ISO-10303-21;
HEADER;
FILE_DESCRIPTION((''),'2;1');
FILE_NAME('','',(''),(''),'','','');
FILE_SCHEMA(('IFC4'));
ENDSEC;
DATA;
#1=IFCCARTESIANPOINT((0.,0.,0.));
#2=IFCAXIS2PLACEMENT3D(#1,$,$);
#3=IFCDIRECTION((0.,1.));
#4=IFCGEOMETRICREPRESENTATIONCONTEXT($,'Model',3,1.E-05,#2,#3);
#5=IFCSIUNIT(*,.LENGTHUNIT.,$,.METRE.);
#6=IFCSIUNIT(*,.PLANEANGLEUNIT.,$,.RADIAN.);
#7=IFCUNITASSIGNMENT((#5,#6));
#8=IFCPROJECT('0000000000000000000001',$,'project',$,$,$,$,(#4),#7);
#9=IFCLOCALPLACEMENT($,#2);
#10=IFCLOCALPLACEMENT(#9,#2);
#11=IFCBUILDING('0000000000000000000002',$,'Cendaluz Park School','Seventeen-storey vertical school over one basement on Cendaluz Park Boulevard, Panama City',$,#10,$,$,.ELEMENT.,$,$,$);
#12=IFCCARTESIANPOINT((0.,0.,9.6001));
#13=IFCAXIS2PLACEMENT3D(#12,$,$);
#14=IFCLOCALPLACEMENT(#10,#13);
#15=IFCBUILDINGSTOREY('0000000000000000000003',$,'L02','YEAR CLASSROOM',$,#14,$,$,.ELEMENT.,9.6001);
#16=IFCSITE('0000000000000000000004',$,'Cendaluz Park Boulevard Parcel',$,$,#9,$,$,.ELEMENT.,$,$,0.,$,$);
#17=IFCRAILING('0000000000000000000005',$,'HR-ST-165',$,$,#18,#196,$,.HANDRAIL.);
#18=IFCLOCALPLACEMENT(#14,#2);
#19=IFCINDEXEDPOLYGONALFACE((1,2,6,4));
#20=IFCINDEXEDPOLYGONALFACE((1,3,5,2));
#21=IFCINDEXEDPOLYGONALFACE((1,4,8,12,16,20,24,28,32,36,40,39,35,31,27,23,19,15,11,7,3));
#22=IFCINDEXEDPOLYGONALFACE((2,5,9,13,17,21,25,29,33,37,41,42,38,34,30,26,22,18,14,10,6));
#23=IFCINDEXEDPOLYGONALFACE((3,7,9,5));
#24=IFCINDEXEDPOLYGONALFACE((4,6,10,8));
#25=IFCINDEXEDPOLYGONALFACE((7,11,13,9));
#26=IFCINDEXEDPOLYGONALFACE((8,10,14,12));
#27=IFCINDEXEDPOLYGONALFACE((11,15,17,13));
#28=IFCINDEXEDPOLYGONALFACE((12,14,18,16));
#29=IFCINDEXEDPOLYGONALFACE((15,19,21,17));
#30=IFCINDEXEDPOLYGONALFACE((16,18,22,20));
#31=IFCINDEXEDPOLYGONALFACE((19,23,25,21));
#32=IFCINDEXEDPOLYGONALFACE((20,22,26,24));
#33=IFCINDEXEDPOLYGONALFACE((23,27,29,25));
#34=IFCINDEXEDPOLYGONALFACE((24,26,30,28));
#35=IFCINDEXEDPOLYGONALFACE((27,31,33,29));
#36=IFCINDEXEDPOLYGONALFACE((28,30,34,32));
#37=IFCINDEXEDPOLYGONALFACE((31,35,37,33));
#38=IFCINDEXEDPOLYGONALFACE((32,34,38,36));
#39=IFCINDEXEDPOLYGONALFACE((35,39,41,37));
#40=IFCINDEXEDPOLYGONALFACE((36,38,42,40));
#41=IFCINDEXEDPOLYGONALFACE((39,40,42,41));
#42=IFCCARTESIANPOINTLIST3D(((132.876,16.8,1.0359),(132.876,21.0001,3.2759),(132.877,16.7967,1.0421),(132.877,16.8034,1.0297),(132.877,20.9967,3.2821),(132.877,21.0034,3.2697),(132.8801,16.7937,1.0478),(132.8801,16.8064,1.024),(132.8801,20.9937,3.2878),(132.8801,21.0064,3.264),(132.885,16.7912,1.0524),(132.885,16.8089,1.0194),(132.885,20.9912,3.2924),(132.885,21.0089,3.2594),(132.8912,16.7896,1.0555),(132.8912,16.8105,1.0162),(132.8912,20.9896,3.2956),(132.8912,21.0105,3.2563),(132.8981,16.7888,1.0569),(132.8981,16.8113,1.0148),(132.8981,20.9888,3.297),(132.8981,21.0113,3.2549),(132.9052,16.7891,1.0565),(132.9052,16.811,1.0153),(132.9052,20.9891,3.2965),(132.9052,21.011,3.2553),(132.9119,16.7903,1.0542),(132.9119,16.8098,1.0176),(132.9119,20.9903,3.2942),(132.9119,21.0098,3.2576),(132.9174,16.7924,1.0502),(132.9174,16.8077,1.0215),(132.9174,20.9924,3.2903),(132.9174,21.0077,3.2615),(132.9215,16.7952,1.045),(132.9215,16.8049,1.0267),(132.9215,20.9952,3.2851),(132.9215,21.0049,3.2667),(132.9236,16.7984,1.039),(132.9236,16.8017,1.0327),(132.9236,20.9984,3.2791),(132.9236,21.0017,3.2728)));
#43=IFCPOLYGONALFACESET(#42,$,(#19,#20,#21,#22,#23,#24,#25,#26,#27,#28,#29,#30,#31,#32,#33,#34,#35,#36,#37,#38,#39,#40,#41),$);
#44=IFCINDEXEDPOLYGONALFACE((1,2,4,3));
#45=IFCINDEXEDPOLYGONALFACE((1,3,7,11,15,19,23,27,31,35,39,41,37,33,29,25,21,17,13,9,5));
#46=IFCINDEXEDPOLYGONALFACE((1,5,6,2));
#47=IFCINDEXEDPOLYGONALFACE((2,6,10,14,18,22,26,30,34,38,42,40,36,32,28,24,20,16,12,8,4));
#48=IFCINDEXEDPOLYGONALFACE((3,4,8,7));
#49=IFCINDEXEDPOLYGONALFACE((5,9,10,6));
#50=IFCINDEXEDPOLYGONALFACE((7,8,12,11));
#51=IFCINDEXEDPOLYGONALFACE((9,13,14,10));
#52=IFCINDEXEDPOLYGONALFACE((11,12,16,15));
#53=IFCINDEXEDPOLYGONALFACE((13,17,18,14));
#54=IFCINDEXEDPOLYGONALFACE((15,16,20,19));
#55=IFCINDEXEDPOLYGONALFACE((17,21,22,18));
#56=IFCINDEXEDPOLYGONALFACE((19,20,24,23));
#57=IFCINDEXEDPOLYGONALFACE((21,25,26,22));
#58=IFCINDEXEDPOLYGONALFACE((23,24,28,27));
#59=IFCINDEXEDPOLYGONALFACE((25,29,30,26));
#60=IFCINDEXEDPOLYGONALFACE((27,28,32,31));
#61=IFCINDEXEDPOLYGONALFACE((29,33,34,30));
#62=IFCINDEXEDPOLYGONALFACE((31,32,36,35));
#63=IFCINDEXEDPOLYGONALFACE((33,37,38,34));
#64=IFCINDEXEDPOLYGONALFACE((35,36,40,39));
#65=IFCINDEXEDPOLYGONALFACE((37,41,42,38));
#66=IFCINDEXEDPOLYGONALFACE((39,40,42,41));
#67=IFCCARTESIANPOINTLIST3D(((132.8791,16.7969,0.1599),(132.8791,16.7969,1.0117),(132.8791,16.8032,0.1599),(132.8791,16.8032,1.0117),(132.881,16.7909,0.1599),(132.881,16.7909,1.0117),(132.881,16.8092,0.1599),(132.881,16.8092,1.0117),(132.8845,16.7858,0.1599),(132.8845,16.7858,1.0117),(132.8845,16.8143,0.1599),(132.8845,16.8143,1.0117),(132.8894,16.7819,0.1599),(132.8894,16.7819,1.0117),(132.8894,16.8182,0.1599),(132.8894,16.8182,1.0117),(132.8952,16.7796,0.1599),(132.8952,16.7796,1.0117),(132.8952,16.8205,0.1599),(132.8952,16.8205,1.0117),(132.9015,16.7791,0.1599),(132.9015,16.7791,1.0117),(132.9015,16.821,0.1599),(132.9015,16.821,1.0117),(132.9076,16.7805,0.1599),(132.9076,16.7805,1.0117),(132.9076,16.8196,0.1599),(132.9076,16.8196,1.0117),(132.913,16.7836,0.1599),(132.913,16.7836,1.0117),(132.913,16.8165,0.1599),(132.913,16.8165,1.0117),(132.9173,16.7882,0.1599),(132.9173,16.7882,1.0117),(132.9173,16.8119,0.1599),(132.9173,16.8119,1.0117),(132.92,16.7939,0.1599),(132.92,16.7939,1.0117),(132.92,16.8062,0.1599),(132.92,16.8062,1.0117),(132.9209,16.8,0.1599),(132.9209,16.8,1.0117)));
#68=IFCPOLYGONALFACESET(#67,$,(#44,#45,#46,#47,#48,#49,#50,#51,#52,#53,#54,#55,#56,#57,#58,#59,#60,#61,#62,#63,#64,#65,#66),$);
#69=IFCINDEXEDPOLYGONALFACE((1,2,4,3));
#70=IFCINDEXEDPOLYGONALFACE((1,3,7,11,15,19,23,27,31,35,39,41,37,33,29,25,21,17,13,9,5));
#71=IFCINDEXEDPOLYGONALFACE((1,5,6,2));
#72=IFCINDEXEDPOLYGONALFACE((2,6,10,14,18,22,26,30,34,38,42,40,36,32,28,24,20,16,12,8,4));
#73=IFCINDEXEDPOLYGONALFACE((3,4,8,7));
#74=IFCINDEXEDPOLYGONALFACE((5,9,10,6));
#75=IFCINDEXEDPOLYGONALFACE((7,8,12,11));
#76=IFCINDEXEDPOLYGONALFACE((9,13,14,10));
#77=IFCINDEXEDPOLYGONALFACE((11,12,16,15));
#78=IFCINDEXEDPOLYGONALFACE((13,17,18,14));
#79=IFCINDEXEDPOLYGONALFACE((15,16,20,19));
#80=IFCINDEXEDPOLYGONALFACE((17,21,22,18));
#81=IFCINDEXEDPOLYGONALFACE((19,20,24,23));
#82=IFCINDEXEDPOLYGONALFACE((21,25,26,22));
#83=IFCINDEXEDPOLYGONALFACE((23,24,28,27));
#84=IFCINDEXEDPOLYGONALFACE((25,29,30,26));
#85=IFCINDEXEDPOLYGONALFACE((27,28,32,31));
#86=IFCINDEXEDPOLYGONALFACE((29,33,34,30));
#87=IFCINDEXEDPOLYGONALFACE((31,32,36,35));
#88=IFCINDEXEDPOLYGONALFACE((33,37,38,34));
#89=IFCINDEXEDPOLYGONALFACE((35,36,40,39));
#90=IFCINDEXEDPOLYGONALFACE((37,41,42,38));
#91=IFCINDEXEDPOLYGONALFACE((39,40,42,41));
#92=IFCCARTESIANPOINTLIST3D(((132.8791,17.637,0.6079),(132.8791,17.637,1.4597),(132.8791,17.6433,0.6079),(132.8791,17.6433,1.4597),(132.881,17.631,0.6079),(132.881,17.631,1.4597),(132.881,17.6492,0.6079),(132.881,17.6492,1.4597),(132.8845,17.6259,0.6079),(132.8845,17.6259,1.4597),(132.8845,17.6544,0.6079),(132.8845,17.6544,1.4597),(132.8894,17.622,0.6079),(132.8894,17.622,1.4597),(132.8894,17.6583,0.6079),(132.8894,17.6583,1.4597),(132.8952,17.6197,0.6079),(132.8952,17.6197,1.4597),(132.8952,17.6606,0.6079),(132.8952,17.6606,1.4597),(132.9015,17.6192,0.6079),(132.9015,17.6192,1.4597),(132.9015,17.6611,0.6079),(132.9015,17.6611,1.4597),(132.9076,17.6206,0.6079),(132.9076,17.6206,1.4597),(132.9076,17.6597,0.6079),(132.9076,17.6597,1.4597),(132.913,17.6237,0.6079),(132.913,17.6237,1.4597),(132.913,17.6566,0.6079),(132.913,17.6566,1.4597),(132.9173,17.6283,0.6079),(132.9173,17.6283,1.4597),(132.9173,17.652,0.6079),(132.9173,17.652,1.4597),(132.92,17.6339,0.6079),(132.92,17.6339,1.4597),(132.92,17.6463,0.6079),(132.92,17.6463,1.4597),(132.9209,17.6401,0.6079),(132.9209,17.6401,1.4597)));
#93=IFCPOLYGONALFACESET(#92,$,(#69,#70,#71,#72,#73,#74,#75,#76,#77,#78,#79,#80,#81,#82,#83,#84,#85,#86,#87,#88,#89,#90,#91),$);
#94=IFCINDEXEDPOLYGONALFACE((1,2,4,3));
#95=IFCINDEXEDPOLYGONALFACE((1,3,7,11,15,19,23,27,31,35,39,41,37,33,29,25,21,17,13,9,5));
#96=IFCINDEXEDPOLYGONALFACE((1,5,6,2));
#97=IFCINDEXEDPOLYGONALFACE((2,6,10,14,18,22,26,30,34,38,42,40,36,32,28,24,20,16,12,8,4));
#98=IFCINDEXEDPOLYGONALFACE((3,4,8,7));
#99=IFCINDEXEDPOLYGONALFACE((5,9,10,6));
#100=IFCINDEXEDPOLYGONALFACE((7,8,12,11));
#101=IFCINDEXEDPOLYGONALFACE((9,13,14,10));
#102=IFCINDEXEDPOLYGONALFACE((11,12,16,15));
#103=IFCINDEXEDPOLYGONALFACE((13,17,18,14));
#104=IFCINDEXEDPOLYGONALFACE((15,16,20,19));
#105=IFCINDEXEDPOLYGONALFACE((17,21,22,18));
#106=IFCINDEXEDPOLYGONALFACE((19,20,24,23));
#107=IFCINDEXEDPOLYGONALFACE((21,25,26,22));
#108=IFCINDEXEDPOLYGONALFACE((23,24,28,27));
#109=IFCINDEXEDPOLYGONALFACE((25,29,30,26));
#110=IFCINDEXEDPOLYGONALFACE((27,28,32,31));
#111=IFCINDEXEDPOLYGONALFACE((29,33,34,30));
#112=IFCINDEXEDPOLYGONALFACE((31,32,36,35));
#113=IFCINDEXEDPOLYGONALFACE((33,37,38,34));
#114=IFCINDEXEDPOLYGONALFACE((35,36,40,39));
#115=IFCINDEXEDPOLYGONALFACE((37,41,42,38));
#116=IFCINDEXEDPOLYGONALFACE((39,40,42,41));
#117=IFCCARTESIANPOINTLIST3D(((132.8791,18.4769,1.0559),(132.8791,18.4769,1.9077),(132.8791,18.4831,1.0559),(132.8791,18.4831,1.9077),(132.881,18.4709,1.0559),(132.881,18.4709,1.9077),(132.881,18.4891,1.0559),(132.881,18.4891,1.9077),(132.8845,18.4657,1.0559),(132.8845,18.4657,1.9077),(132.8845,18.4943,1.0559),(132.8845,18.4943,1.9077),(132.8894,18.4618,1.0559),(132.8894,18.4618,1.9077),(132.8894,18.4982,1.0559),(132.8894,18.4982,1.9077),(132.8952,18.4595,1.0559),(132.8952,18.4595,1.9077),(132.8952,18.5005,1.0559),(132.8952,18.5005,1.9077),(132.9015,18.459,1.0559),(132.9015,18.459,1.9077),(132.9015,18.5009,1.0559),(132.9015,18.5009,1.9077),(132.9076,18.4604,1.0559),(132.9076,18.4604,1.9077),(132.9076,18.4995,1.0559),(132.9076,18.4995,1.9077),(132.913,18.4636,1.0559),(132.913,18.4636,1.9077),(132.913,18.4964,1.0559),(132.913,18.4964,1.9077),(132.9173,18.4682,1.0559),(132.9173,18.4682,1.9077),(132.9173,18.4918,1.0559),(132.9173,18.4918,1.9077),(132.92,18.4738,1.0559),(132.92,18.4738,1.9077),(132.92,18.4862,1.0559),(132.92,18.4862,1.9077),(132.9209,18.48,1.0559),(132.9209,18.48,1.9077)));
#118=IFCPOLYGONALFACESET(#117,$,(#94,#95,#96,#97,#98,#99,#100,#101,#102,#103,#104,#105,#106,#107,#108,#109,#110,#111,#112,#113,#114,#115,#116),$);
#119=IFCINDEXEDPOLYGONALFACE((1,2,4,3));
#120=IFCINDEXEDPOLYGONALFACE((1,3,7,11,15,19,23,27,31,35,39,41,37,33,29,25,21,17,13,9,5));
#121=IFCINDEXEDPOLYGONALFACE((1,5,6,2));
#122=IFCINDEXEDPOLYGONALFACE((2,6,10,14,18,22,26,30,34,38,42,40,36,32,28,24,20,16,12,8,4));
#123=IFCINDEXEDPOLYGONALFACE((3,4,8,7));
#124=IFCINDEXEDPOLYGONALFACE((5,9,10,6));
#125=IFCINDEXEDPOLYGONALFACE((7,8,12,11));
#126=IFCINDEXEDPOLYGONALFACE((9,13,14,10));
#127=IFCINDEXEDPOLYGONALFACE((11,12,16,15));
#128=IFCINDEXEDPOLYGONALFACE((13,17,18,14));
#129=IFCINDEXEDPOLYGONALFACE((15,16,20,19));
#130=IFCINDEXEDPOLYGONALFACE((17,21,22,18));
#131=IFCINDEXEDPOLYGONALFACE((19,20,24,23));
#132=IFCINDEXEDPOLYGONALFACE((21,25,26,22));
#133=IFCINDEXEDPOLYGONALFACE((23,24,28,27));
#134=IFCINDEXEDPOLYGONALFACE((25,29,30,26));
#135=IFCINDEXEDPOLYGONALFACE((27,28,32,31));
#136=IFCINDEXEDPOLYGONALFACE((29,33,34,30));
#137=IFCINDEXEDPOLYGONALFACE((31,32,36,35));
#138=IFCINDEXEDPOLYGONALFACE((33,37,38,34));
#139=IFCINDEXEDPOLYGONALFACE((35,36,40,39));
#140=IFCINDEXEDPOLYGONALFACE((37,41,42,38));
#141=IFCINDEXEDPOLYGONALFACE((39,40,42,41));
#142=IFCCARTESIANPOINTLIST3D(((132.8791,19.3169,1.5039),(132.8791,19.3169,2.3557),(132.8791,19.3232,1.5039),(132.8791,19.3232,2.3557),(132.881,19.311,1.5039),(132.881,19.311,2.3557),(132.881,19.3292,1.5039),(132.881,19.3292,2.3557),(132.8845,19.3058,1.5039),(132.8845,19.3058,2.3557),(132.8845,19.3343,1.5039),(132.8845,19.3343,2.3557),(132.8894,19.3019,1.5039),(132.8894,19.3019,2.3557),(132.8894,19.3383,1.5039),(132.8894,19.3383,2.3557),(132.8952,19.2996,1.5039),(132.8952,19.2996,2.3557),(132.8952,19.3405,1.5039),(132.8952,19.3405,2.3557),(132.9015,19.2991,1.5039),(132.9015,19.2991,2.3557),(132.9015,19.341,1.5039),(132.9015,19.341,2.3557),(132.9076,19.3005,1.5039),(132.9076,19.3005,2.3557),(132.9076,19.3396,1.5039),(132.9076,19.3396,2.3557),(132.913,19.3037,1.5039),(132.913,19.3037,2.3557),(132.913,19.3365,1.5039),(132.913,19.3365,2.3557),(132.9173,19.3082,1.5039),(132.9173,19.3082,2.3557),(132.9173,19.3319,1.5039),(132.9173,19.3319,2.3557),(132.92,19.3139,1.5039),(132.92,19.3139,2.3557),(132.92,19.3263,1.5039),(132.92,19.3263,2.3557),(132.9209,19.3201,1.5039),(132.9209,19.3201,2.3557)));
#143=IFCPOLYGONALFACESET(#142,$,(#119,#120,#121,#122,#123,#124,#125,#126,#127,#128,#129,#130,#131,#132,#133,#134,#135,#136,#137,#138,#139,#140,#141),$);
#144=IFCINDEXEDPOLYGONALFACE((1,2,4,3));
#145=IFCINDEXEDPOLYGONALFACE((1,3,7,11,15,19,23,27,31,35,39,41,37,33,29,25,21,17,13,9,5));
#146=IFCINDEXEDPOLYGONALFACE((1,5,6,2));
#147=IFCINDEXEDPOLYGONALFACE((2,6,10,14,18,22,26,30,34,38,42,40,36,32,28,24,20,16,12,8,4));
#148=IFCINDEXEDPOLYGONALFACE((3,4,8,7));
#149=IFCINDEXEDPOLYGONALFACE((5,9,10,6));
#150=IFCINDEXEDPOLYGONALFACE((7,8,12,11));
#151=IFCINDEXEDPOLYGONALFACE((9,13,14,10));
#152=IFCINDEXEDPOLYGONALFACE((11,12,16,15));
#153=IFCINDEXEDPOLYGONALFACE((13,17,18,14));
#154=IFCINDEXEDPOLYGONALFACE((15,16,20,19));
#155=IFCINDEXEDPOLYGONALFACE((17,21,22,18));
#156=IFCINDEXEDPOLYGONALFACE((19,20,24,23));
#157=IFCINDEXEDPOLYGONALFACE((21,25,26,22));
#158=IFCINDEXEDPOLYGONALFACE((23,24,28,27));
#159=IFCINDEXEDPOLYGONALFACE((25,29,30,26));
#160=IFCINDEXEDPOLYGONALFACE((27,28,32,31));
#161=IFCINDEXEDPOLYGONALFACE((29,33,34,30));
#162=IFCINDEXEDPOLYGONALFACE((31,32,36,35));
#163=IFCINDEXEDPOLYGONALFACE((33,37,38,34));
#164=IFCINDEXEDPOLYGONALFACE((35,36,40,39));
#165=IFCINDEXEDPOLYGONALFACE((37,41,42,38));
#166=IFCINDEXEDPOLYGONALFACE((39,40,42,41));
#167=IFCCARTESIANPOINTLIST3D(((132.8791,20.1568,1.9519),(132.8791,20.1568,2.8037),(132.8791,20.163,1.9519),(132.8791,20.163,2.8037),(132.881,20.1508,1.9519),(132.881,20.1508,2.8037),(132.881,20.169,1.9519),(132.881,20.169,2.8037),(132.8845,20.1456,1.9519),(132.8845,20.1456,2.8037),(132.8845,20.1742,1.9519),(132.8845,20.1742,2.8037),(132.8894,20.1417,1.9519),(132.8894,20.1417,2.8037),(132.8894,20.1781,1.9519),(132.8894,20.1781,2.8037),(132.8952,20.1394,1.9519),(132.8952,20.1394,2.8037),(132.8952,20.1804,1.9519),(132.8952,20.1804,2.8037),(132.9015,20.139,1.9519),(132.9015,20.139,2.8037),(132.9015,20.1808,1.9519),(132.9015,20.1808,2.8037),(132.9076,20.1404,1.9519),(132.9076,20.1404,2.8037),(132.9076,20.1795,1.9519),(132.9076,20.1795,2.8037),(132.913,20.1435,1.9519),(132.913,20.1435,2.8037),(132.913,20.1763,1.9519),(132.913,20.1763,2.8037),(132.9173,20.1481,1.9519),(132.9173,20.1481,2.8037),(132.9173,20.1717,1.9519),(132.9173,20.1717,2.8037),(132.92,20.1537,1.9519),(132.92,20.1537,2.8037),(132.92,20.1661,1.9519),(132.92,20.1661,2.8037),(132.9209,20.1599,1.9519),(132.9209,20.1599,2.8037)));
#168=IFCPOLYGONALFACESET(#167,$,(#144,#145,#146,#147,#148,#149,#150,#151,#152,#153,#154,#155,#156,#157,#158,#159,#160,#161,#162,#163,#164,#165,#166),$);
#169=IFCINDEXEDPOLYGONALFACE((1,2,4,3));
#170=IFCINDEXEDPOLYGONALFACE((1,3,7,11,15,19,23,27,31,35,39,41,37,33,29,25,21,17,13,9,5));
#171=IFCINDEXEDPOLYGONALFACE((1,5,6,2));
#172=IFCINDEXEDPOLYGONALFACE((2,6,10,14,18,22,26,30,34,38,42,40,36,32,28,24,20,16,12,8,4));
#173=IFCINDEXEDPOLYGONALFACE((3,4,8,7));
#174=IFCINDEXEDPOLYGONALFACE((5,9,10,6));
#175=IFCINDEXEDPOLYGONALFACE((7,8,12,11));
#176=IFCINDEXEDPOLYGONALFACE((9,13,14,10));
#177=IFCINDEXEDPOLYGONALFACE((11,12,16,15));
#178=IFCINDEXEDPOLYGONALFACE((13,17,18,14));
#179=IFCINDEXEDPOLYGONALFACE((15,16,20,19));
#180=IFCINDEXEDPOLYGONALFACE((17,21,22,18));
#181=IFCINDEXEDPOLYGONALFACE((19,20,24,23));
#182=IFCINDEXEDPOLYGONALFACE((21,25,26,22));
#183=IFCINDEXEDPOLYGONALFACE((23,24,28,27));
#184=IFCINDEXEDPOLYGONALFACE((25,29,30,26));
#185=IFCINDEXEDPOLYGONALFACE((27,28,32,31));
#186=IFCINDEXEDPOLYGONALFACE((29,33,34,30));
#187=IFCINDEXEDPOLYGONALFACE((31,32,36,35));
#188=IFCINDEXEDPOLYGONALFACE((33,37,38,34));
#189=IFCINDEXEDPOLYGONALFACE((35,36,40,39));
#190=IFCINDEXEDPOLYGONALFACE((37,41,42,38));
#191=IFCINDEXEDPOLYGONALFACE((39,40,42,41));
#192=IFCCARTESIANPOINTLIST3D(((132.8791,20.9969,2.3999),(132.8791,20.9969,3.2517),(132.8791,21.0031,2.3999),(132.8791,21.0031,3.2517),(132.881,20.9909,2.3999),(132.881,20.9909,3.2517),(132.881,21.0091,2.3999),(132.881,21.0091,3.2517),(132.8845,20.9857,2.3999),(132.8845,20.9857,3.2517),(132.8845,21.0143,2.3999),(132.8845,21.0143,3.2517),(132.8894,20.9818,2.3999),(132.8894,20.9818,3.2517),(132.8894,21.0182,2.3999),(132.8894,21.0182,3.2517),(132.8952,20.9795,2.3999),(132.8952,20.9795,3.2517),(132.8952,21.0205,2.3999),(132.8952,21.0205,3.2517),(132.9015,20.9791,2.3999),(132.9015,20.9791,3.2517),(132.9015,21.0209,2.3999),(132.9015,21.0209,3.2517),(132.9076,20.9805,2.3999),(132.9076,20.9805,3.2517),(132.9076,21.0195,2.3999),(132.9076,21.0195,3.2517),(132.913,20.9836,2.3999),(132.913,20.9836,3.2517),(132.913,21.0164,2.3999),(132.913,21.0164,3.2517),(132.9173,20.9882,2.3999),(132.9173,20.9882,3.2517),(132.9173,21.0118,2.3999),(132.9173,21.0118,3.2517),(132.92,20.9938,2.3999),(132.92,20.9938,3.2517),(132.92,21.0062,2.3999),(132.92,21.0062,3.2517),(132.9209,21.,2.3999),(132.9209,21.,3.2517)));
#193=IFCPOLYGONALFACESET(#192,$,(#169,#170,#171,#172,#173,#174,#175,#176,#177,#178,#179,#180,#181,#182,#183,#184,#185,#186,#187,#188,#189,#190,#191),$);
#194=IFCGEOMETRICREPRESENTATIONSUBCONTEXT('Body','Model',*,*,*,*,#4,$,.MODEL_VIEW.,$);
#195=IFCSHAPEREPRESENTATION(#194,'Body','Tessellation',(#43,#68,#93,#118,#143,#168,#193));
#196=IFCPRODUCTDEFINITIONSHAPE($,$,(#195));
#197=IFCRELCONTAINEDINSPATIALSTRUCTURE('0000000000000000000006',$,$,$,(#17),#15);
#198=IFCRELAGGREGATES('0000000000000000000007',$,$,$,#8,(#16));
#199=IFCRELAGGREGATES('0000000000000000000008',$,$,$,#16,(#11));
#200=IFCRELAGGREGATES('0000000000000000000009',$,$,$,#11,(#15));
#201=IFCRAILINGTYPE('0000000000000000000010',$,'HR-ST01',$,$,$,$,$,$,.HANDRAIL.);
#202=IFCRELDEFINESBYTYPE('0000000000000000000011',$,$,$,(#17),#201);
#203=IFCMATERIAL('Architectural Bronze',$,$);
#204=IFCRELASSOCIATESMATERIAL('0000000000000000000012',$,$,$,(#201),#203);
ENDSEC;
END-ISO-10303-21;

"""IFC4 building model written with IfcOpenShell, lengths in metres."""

from ifc_helpers import new_model, si_unit, direction, frame, origin, origin_2d, place, context, subcontext, project, spatial, circle, extrude, material, type_object, element, save


model = new_model("IFC4")

# Units and contexts
model_context = context("Model", 3, precision=1e-05, world=origin(), true_north=direction((0.0, 1.0)))
body_context = subcontext(model_context, "Body", "Model", "MODEL_VIEW")
ifc_project = project(units=[si_unit("LENGTHUNIT", "METRE"), si_unit("PLANEANGLEUNIT", "RADIAN")], contexts=[model_context])

# Site, building, storey
site_placement = place(None, origin())
site = spatial("IfcSite", under=ifc_project, at=site_placement, Name="Cendaluz Park Boulevard Parcel", CompositionType="ELEMENT", RefElevation=0.0)
building_placement = place(site_placement, origin())
building = spatial("IfcBuilding", under=site, at=building_placement, Name="Cendaluz Park School", Description="Seventeen-storey vertical school over one basement on Cendaluz Park Boulevard, Panama City", CompositionType="ELEMENT")
storey_placement = place(building_placement, frame((0.0, 0.0, 9.6001)))
storey = spatial("IfcBuildingStorey", under=building, at=storey_placement, Name="L02", Description="YEAR CLASSROOM", CompositionType="ELEMENT", Elevation=9.6001)

# Railing
ifc_material_1 = material(Name="Architectural Bronze")
railing_type_1 = type_object("IfcRailingType", Name="HR-ST01", PredefinedType="HANDRAIL", material=ifc_material_1)
railing_1_placement = place(storey_placement, frame((132.8999, 16.8, 0.1599)))
element("IfcRailing", 1, at=railing_1_placement, inside=storey, type_object=railing_type_1, Name="HR-ST-165", PredefinedType="HANDRAIL", context=body_context, shape_type="SweptSolid", body=[
    extrude(circle(Radius=0.0239, at=origin_2d()), frame((0.0, 0.0, 0.876), z_axis=(0.0, 0.882352, 0.470591), x_axis=(-1.0, 0.0, 0.0)), (0.0, 0.0, 1.0), 4.76),
    extrude(circle(Radius=0.021, at=origin_2d()), origin(), (0.0, 0.0, 1.0), 0.8518),
    extrude(circle(Radius=0.021, at=origin_2d()), frame((0.0, 0.8401, 0.448)), (0.0, 0.0, 1.0), 0.8518),
    extrude(circle(Radius=0.021, at=origin_2d()), frame((0.0, 1.6799, 0.896)), (0.0, 0.0, 1.0), 0.8518),
    extrude(circle(Radius=0.021, at=origin_2d()), frame((0.0, 2.52, 1.344)), (0.0, 0.0, 1.0), 0.8518),
    extrude(circle(Radius=0.021, at=origin_2d()), frame((0.0, 3.3599, 1.792)), (0.0, 0.0, 1.0), 0.8518),
    extrude(circle(Radius=0.021, at=origin_2d()), frame((0.0, 4.2, 2.24)), (0.0, 0.0, 1.0), 0.8518),
])

save(model, "model.ifc")
